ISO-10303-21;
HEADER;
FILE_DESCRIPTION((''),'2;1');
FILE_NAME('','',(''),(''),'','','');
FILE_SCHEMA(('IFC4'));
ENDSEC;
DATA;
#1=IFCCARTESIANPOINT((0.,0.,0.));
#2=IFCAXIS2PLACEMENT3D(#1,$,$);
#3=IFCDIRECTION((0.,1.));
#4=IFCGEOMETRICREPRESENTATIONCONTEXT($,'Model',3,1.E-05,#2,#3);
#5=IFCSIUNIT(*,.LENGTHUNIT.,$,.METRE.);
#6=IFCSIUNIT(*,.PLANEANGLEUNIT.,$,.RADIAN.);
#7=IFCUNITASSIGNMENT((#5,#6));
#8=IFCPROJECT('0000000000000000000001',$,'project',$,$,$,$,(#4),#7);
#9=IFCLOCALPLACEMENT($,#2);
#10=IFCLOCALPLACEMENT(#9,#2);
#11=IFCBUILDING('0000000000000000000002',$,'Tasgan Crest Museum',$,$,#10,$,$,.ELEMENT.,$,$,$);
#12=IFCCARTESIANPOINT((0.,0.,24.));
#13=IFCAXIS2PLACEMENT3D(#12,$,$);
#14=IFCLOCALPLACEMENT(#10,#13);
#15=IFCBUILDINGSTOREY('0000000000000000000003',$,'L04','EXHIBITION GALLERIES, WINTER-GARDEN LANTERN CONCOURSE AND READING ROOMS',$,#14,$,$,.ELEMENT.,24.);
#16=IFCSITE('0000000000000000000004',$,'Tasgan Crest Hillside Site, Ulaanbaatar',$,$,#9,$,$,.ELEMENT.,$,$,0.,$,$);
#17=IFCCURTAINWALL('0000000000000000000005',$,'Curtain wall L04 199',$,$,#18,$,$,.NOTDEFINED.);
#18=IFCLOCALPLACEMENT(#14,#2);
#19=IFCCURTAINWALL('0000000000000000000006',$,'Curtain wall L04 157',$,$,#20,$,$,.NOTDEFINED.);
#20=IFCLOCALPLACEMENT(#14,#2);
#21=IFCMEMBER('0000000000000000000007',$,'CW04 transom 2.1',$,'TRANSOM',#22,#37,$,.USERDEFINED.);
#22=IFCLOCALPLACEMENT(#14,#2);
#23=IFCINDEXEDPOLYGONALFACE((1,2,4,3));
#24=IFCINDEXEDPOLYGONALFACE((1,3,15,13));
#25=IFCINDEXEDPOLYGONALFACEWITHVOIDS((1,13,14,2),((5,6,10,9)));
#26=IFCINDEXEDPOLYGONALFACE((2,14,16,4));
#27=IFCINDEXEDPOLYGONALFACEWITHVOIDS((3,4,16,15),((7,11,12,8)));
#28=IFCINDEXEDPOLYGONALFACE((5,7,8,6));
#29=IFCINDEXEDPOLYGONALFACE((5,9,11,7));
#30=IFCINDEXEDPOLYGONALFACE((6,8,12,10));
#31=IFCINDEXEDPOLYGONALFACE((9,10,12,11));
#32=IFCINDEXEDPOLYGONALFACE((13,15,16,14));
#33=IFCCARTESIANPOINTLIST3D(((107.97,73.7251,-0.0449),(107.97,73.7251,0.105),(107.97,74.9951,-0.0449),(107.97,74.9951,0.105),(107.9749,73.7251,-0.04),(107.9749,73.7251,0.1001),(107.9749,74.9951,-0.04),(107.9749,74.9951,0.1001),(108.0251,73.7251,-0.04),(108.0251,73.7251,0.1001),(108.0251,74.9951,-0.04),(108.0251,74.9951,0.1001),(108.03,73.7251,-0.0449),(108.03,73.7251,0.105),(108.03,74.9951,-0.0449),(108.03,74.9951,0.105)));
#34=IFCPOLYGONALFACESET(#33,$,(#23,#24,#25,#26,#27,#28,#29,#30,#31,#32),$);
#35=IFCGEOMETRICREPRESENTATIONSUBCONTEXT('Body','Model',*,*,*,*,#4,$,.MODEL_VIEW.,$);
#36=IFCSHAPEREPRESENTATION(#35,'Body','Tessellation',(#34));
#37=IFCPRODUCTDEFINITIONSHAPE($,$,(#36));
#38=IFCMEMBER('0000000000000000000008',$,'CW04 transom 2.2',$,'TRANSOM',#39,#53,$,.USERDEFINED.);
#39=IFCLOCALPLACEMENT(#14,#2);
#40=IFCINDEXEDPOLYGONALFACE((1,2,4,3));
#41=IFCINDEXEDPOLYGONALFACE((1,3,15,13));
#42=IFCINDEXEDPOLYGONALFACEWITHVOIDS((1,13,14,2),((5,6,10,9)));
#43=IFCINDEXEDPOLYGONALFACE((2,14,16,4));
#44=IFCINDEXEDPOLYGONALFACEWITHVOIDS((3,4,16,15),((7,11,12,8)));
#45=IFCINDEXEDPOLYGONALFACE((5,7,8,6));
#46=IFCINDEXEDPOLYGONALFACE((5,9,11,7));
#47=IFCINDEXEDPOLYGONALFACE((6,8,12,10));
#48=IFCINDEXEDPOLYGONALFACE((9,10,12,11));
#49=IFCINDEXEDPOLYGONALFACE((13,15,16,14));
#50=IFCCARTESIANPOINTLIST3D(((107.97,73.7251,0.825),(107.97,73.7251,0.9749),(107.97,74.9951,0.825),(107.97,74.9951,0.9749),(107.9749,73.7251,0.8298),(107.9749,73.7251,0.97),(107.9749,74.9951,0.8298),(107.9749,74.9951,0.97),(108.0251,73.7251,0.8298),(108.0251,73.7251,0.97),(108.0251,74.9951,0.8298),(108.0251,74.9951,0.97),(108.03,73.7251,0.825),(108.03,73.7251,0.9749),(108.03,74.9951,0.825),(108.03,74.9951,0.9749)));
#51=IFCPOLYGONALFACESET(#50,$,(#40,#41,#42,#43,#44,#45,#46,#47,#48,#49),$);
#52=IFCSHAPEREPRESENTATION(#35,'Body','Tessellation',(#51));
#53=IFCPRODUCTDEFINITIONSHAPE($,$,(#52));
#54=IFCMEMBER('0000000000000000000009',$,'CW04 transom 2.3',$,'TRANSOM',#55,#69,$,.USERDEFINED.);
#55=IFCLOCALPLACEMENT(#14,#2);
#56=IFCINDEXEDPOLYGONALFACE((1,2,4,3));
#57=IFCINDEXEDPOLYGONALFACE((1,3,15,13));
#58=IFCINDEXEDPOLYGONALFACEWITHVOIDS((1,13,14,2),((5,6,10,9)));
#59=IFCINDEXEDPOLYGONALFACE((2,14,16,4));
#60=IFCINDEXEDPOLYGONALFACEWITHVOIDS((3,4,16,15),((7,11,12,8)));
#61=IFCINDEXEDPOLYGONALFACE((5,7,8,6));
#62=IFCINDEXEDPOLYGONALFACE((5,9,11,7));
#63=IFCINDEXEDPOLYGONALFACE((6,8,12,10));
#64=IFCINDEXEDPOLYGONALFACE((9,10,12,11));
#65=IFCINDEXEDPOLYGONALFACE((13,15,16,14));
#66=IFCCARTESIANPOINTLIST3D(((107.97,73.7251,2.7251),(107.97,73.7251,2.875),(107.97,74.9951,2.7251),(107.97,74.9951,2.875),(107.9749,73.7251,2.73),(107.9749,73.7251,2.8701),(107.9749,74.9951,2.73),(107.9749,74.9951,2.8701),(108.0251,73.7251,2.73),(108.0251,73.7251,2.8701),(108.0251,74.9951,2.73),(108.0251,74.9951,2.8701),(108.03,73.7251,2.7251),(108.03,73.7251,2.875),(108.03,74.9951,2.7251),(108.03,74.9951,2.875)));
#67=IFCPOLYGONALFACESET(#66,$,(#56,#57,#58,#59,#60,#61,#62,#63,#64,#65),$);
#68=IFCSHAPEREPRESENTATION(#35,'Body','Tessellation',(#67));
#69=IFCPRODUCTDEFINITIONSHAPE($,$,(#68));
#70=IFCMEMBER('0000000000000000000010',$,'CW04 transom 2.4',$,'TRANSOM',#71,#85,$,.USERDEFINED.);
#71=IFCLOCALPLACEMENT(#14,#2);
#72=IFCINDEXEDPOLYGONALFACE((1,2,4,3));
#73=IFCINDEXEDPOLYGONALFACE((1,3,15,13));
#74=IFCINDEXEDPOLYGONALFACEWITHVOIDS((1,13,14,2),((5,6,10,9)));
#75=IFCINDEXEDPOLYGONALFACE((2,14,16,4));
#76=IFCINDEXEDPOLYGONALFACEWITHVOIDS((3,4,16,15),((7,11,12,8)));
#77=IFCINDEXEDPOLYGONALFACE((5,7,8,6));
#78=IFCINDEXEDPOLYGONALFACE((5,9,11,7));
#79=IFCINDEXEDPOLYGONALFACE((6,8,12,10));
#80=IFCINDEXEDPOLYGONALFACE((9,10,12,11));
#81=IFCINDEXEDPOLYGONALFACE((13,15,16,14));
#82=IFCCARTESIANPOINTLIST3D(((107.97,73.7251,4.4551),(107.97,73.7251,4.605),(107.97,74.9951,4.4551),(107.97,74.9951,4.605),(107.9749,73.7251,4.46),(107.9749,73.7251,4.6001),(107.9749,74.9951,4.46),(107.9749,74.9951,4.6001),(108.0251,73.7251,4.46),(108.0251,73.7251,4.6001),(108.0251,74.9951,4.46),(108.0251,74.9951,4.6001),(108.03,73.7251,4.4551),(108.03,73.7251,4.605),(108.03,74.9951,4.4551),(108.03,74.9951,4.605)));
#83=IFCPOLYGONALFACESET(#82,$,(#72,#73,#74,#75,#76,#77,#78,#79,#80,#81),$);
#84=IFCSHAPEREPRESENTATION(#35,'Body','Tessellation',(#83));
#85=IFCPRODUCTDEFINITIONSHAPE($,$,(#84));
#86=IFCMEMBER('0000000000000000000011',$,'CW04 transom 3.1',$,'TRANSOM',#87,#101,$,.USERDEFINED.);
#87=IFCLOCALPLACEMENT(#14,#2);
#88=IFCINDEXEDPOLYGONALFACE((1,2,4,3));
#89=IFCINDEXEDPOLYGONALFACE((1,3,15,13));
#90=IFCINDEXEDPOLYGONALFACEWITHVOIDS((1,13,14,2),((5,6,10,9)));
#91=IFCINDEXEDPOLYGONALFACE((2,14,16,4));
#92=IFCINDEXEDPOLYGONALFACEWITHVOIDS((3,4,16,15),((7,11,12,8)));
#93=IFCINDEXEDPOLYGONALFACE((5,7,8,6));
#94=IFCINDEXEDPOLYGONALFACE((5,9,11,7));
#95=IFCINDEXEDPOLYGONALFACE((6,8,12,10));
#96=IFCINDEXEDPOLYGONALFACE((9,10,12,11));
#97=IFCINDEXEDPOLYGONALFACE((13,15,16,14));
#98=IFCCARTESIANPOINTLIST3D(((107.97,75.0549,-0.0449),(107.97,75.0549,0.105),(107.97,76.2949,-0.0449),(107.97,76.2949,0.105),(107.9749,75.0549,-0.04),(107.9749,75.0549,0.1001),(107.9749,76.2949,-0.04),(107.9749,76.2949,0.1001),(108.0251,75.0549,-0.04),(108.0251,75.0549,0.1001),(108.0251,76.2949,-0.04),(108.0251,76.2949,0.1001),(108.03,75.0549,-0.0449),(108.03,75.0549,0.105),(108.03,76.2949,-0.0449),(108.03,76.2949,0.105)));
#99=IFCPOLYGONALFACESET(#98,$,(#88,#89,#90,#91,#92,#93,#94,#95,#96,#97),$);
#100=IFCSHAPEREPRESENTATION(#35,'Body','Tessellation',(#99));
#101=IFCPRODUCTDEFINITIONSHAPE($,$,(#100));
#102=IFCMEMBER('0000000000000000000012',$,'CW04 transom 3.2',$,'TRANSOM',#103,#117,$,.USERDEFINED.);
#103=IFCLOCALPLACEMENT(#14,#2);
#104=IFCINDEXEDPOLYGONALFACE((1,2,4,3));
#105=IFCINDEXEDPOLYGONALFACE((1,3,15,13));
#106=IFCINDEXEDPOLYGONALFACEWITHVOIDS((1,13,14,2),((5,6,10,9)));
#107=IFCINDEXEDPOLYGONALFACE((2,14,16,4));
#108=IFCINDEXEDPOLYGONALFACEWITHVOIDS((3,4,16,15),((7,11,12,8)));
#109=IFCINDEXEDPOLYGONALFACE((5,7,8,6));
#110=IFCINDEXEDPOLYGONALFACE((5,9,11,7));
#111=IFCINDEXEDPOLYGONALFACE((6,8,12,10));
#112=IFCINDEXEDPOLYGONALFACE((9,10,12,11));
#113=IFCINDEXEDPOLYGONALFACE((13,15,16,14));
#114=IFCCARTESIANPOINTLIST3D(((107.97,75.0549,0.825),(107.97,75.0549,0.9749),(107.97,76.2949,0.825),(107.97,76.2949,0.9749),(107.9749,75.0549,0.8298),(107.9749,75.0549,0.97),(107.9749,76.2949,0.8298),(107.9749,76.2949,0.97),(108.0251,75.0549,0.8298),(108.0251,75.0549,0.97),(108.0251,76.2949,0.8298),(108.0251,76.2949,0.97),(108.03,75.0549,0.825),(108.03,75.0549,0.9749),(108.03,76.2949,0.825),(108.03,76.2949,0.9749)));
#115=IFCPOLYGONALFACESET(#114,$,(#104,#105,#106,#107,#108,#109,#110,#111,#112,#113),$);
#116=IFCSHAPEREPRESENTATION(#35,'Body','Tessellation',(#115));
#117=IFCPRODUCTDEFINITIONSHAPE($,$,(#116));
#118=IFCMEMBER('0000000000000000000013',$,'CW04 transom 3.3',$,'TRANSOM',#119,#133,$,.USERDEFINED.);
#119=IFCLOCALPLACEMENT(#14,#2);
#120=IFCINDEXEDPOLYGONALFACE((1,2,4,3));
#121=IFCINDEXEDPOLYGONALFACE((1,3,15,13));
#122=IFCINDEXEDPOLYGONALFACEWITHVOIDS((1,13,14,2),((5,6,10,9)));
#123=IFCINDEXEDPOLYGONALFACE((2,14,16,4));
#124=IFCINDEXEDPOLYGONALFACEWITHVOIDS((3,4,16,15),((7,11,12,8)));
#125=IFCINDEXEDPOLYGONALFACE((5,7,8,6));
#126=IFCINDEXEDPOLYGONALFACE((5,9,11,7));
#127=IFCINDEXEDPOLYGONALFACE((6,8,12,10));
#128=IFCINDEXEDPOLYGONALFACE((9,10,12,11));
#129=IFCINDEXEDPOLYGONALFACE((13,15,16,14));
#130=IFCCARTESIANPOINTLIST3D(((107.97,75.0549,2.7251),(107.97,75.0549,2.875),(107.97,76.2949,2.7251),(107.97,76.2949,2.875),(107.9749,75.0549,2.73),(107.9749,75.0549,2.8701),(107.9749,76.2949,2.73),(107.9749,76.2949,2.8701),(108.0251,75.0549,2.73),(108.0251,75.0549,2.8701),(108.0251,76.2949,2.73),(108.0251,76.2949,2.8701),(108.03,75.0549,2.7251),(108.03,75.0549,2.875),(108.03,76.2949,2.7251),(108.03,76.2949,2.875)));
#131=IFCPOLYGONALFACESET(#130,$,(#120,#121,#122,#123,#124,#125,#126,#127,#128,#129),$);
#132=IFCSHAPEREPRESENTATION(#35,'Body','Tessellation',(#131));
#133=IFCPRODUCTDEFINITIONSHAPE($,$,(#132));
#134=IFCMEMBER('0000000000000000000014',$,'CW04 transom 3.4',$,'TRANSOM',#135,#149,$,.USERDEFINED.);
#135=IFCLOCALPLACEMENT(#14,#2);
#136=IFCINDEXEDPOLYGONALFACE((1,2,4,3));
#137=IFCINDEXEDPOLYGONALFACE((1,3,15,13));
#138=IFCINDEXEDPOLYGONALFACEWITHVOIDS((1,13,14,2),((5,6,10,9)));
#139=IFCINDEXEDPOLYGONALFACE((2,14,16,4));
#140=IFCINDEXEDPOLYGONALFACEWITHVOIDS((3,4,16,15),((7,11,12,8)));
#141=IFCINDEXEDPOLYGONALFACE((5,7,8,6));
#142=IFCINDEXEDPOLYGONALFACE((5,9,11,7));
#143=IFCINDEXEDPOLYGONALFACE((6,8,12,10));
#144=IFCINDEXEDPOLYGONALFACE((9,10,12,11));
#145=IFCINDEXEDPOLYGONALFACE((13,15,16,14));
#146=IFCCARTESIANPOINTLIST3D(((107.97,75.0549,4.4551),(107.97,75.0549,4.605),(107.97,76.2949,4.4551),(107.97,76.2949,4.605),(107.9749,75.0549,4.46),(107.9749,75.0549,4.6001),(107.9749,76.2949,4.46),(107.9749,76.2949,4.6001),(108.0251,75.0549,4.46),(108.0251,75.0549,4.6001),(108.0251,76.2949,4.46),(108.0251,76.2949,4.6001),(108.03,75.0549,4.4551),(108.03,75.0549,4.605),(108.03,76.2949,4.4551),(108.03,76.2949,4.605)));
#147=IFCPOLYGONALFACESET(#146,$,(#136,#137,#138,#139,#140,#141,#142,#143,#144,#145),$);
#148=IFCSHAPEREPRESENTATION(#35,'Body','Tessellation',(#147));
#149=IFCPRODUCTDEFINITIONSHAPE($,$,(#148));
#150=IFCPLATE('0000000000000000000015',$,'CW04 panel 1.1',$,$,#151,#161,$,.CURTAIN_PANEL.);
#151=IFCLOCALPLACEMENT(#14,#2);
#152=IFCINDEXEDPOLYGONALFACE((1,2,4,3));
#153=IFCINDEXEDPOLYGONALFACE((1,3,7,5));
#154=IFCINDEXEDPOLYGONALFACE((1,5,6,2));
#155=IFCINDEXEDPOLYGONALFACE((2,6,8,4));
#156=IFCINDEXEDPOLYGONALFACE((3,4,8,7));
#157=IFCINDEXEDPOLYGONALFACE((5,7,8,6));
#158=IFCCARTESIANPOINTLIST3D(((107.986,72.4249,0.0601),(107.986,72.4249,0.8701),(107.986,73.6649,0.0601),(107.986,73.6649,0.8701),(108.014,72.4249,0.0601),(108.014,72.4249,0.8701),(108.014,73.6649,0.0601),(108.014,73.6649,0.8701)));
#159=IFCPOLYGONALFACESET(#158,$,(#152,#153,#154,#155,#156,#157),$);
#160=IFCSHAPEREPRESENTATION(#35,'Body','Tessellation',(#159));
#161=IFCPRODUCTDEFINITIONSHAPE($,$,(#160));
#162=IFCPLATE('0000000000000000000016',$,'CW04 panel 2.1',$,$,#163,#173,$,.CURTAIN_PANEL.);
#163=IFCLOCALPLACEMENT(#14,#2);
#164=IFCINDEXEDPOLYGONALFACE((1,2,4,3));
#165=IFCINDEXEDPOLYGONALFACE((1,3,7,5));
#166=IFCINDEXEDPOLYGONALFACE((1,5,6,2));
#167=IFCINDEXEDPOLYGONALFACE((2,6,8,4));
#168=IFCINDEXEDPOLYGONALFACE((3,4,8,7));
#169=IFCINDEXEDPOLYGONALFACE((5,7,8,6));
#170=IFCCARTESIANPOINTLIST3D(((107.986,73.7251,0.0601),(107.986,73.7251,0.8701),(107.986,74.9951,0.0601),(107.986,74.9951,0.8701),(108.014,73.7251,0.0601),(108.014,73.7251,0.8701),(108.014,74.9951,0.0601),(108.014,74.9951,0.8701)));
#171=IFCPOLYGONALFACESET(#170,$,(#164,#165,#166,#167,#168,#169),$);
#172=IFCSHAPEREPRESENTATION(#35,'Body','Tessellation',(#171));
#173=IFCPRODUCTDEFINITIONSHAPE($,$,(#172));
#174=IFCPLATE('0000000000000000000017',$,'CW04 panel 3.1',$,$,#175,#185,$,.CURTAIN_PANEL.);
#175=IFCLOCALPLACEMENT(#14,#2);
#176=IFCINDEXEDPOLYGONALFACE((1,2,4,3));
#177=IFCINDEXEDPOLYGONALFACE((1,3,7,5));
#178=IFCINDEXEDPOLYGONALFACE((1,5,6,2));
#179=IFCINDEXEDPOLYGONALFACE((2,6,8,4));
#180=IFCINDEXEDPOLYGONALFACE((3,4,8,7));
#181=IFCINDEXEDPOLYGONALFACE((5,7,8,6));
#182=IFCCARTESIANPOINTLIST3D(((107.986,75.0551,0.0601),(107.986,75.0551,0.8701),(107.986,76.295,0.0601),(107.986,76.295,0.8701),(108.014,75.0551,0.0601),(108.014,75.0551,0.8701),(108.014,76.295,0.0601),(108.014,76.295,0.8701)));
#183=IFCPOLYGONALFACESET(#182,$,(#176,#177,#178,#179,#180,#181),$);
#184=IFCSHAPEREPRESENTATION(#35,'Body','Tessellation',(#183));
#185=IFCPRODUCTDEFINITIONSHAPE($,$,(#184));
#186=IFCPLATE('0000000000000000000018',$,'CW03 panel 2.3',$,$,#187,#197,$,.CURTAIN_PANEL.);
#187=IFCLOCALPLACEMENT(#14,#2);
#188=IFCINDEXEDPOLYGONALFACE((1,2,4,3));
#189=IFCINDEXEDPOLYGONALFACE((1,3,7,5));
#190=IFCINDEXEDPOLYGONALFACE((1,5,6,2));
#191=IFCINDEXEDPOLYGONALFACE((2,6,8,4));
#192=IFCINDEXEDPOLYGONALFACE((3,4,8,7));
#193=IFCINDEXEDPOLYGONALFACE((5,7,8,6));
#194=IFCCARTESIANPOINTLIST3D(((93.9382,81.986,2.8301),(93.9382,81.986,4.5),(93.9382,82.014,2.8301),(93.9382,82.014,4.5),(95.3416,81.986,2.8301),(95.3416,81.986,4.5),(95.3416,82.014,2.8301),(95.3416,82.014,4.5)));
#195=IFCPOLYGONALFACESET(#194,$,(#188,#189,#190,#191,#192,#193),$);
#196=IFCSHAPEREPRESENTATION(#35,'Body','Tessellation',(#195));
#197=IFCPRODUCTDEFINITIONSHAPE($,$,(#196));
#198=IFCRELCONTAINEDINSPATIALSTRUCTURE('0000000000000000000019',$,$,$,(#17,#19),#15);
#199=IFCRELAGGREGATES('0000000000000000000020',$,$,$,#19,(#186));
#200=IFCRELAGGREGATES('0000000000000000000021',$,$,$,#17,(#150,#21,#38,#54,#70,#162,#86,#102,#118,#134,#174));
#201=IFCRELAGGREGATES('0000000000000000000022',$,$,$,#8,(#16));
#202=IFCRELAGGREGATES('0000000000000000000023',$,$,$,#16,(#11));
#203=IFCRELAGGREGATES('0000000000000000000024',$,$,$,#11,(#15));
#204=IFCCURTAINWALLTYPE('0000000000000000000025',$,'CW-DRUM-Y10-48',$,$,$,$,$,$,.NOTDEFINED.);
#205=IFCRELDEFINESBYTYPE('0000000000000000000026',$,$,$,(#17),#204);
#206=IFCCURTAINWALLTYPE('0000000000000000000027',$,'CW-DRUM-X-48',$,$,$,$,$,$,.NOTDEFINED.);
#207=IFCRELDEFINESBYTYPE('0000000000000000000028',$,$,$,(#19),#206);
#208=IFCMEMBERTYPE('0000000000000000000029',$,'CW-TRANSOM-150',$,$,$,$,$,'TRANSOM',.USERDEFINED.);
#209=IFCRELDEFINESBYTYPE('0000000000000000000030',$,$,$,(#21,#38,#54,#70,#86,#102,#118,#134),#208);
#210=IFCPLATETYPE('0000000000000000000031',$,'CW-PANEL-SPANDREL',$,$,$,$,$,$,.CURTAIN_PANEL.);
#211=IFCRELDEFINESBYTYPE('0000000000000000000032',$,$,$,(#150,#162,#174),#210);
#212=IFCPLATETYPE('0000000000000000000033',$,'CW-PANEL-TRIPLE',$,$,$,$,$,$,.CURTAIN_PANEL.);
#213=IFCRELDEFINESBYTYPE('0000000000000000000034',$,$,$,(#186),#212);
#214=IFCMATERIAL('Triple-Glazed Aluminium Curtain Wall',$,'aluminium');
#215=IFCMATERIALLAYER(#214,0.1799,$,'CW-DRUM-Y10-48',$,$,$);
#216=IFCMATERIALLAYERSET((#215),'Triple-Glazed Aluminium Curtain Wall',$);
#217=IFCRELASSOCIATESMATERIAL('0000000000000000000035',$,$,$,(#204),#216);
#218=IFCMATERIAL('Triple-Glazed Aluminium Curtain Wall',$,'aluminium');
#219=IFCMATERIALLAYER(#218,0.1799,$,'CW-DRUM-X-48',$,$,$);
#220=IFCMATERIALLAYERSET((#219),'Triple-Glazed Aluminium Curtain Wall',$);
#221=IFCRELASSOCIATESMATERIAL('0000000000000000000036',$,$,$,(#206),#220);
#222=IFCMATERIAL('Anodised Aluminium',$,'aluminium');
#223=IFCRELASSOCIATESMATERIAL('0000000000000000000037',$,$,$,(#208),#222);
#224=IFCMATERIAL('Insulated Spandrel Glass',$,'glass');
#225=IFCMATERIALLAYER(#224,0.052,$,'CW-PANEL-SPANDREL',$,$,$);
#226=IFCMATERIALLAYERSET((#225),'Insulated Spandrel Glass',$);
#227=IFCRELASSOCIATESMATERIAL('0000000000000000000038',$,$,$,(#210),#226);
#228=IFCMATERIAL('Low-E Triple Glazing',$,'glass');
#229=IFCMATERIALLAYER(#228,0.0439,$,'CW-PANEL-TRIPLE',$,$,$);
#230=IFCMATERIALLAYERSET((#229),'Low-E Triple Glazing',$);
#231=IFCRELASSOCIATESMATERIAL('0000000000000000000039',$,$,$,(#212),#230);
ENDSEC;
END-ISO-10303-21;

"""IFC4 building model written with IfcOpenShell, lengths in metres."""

from ifc_helpers import new_model, si_unit, direction, frame, origin, origin_2d, place, context, subcontext, project, spatial, rectangle, hollow_rectangle, extrude, material, layer, layer_set, material_profile, profile_set, type_object, element, aggregate, save


model = new_model("IFC4")

# Units and contexts
model_context = context("Model", 3, precision=1e-05, world=origin(), true_north=direction((0.0, 1.0)))
body_context = subcontext(model_context, "Body", "Model", "MODEL_VIEW")
ifc_project = project(units=[si_unit("LENGTHUNIT", "METRE"), si_unit("PLANEANGLEUNIT", "RADIAN")], contexts=[model_context])

# Site, building, storey
site_placement = place(None, origin())
site = spatial("IfcSite", under=ifc_project, at=site_placement, Name="Tasgan Crest Hillside Site, Ulaanbaatar", CompositionType="ELEMENT", RefElevation=0.0)
building_placement = place(site_placement, origin())
building = spatial("IfcBuilding", under=site, at=building_placement, Name="Tasgan Crest Museum", CompositionType="ELEMENT")
storey_placement = place(building_placement, frame((0.0, 0.0, 24.0)))
storey = spatial("IfcBuildingStorey", under=building, at=storey_placement, Name="L04", Description="EXHIBITION GALLERIES, WINTER-GARDEN LANTERN CONCOURSE AND READING ROOMS", CompositionType="ELEMENT", Elevation=24.0)

# Curtain wall
ifc_material_1 = material(Name="Triple-Glazed Aluminium Curtain Wall", Category="aluminium")
ifc_layer_1 = layer(ifc_material_1, 0.1799, Name="CW-DRUM-Y10-48")
ifc_layer_set_1 = layer_set([ifc_layer_1], Name="Triple-Glazed Aluminium Curtain Wall")
curtain_wall_type_1 = type_object("IfcCurtainWallType", Name="CW-DRUM-Y10-48", PredefinedType="NOTDEFINED", material=ifc_layer_set_1)
curtain_wall_1_placement = place(storey_placement, origin())
curtain_wall_1 = element("IfcCurtainWall", 1, at=curtain_wall_1_placement, inside=storey, type_object=curtain_wall_type_1, Name="Curtain wall L04 199", PredefinedType="NOTDEFINED")

# Curtain wall
ifc_material_2 = material(Name="Triple-Glazed Aluminium Curtain Wall", Category="aluminium")
ifc_layer_2 = layer(ifc_material_2, 0.1799, Name="CW-DRUM-X-48")
ifc_layer_set_2 = layer_set([ifc_layer_2], Name="Triple-Glazed Aluminium Curtain Wall")
curtain_wall_type_2 = type_object("IfcCurtainWallType", Name="CW-DRUM-X-48", PredefinedType="NOTDEFINED", material=ifc_layer_set_2)
curtain_wall_2_placement = place(storey_placement, origin())
curtain_wall_2 = element("IfcCurtainWall", 2, at=curtain_wall_2_placement, inside=storey, type_object=curtain_wall_type_2, Name="Curtain wall L04 157", PredefinedType="NOTDEFINED")
ifc_material_3 = material(Name="Anodised Aluminium", Category="aluminium")
ifc_material_profile_1 = material_profile(ifc_material_3, hollow_rectangle(XDim=0.0601, YDim=0.1499, WallThickness=0.0049, at=origin_2d()), Name="ALU TRANSOM 150x60x5")
ifc_profile_set_1 = profile_set([ifc_material_profile_1], Name="Anodised Aluminium")
member_type_1 = type_object("IfcMemberType", Name="CW-TRANSOM-150", ElementType="TRANSOM", PredefinedType="USERDEFINED", material=ifc_profile_set_1)

# Members
member_1_placement = place(storey_placement, frame((108.0, 73.7251, 0.03), z_axis=(0.0, 1.0, 0.0), x_axis=(-1.0, 0.0, 0.0)))
member_1 = element("IfcMember", 3, at=member_1_placement, type_object=member_type_1, Name="CW04 transom 2.1", ObjectType="TRANSOM", PredefinedType="USERDEFINED", context=body_context, shape_type="SweptSolid", body=[
    extrude(hollow_rectangle(XDim=0.0601, YDim=0.1499, WallThickness=0.0049, at=origin_2d()), origin(), (0.0, 0.0, 1.0), 1.27),
])
member_2_placement = place(storey_placement, frame((108.0, 73.7251, 0.8999), z_axis=(0.0, 1.0, 0.0), x_axis=(-1.0, 0.0, 0.0)))
member_2 = element("IfcMember", 4, at=member_2_placement, type_object=member_type_1, Name="CW04 transom 2.2", ObjectType="TRANSOM", PredefinedType="USERDEFINED", context=body_context, shape_type="SweptSolid", body=[
    extrude(hollow_rectangle(XDim=0.0601, YDim=0.1499, WallThickness=0.0049, at=origin_2d()), origin(), (0.0, 0.0, 1.0), 1.27),
])
member_3_placement = place(storey_placement, frame((108.0, 73.7251, 2.8), z_axis=(0.0, 1.0, 0.0), x_axis=(-1.0, 0.0, 0.0)))
member_3 = element("IfcMember", 5, at=member_3_placement, type_object=member_type_1, Name="CW04 transom 2.3", ObjectType="TRANSOM", PredefinedType="USERDEFINED", context=body_context, shape_type="SweptSolid", body=[
    extrude(hollow_rectangle(XDim=0.0601, YDim=0.1499, WallThickness=0.0049, at=origin_2d()), origin(), (0.0, 0.0, 1.0), 1.27),
])
member_4_placement = place(storey_placement, frame((108.0, 73.7251, 4.53), z_axis=(0.0, 1.0, 0.0), x_axis=(-1.0, 0.0, 0.0)))
member_4 = element("IfcMember", 6, at=member_4_placement, type_object=member_type_1, Name="CW04 transom 2.4", ObjectType="TRANSOM", PredefinedType="USERDEFINED", context=body_context, shape_type="SweptSolid", body=[
    extrude(hollow_rectangle(XDim=0.0601, YDim=0.1499, WallThickness=0.0049, at=origin_2d()), origin(), (0.0, 0.0, 1.0), 1.27),
])
member_5_placement = place(storey_placement, frame((108.0, 75.0549, 0.03), z_axis=(0.0, 1.0, 0.0), x_axis=(-1.0, 0.0, 0.0)))
member_5 = element("IfcMember", 7, at=member_5_placement, type_object=member_type_1, Name="CW04 transom 3.1", ObjectType="TRANSOM", PredefinedType="USERDEFINED", context=body_context, shape_type="SweptSolid", body=[
    extrude(hollow_rectangle(XDim=0.0601, YDim=0.1499, WallThickness=0.0049, at=origin_2d()), origin(), (0.0, 0.0, 1.0), 1.24),
])
member_6_placement = place(storey_placement, frame((108.0, 75.0549, 0.8999), z_axis=(0.0, 1.0, 0.0), x_axis=(-1.0, 0.0, 0.0)))
member_6 = element("IfcMember", 8, at=member_6_placement, type_object=member_type_1, Name="CW04 transom 3.2", ObjectType="TRANSOM", PredefinedType="USERDEFINED", context=body_context, shape_type="SweptSolid", body=[
    extrude(hollow_rectangle(XDim=0.0601, YDim=0.1499, WallThickness=0.0049, at=origin_2d()), origin(), (0.0, 0.0, 1.0), 1.24),
])
member_7_placement = place(storey_placement, frame((108.0, 75.0549, 2.8), z_axis=(0.0, 1.0, 0.0), x_axis=(-1.0, 0.0, 0.0)))
member_7 = element("IfcMember", 9, at=member_7_placement, type_object=member_type_1, Name="CW04 transom 3.3", ObjectType="TRANSOM", PredefinedType="USERDEFINED", context=body_context, shape_type="SweptSolid", body=[
    extrude(hollow_rectangle(XDim=0.0601, YDim=0.1499, WallThickness=0.0049, at=origin_2d()), origin(), (0.0, 0.0, 1.0), 1.24),
])
member_8_placement = place(storey_placement, frame((108.0, 75.0549, 4.53), z_axis=(0.0, 1.0, 0.0), x_axis=(-1.0, 0.0, 0.0)))
member_8 = element("IfcMember", 10, at=member_8_placement, type_object=member_type_1, Name="CW04 transom 3.4", ObjectType="TRANSOM", PredefinedType="USERDEFINED", context=body_context, shape_type="SweptSolid", body=[
    extrude(hollow_rectangle(XDim=0.0601, YDim=0.1499, WallThickness=0.0049, at=origin_2d()), origin(), (0.0, 0.0, 1.0), 1.24),
])

# Plates
ifc_material_4 = material(Name="Insulated Spandrel Glass", Category="glass")
ifc_layer_3 = layer(ifc_material_4, 0.052, Name="CW-PANEL-SPANDREL")
ifc_layer_set_3 = layer_set([ifc_layer_3], Name="Insulated Spandrel Glass")
plate_type_1 = type_object("IfcPlateType", Name="CW-PANEL-SPANDREL", PredefinedType="CURTAIN_PANEL", material=ifc_layer_set_3)
plate_1_placement = place(storey_placement, frame((108.0, 73.0449, 0.0601), z_axis=(0.0, 0.0, 1.0), x_axis=(0.0, 1.0, 0.0)))
plate_1 = element("IfcPlate", 11, at=plate_1_placement, type_object=plate_type_1, Name="CW04 panel 1.1", PredefinedType="CURTAIN_PANEL", context=body_context, shape_type="SweptSolid", body=[
    extrude(rectangle(XDim=1.24, YDim=0.0281, at=origin_2d()), origin(), (0.0, 0.0, 1.0), 0.8101),
])
plate_2_placement = place(storey_placement, frame((108.0, 74.3601, 0.0601), z_axis=(0.0, 0.0, 1.0), x_axis=(0.0, 1.0, 0.0)))
plate_2 = element("IfcPlate", 12, at=plate_2_placement, type_object=plate_type_1, Name="CW04 panel 2.1", PredefinedType="CURTAIN_PANEL", context=body_context, shape_type="SweptSolid", body=[
    extrude(rectangle(XDim=1.27, YDim=0.0281, at=origin_2d()), origin(), (0.0, 0.0, 1.0), 0.8101),
])
plate_3_placement = place(storey_placement, frame((108.0, 75.675, 0.0601), z_axis=(0.0, 0.0, 1.0), x_axis=(0.0, 1.0, 0.0)))
plate_3 = element("IfcPlate", 13, at=plate_3_placement, type_object=plate_type_1, Name="CW04 panel 3.1", PredefinedType="CURTAIN_PANEL", context=body_context, shape_type="SweptSolid", body=[
    extrude(rectangle(XDim=1.24, YDim=0.0281, at=origin_2d()), origin(), (0.0, 0.0, 1.0), 0.8101),
])
ifc_material_5 = material(Name="Low-E Triple Glazing", Category="glass")
ifc_layer_4 = layer(ifc_material_5, 0.0439, Name="CW-PANEL-TRIPLE")
ifc_layer_set_4 = layer_set([ifc_layer_4], Name="Low-E Triple Glazing")
plate_type_2 = type_object("IfcPlateType", Name="CW-PANEL-TRIPLE", PredefinedType="CURTAIN_PANEL", material=ifc_layer_set_4)
plate_4_placement = place(storey_placement, frame((94.6399, 82.0, 2.8301), z_axis=(0.0, 0.0, 1.0), x_axis=(-1.0, 0.0, 0.0)))
plate_4 = element("IfcPlate", 14, at=plate_4_placement, type_object=plate_type_2, Name="CW03 panel 2.3", PredefinedType="CURTAIN_PANEL", context=body_context, shape_type="SweptSolid", body=[
    extrude(rectangle(XDim=1.4033, YDim=0.0281, at=origin_2d()), origin(), (0.0, 0.0, 1.0), 1.6699),
])
aggregate(curtain_wall_2, [plate_4])
aggregate(curtain_wall_1, [plate_1, member_1, member_2, member_3, member_4, plate_2, member_5, member_6, member_7, member_8, plate_3])

save(model, "model.ifc")
